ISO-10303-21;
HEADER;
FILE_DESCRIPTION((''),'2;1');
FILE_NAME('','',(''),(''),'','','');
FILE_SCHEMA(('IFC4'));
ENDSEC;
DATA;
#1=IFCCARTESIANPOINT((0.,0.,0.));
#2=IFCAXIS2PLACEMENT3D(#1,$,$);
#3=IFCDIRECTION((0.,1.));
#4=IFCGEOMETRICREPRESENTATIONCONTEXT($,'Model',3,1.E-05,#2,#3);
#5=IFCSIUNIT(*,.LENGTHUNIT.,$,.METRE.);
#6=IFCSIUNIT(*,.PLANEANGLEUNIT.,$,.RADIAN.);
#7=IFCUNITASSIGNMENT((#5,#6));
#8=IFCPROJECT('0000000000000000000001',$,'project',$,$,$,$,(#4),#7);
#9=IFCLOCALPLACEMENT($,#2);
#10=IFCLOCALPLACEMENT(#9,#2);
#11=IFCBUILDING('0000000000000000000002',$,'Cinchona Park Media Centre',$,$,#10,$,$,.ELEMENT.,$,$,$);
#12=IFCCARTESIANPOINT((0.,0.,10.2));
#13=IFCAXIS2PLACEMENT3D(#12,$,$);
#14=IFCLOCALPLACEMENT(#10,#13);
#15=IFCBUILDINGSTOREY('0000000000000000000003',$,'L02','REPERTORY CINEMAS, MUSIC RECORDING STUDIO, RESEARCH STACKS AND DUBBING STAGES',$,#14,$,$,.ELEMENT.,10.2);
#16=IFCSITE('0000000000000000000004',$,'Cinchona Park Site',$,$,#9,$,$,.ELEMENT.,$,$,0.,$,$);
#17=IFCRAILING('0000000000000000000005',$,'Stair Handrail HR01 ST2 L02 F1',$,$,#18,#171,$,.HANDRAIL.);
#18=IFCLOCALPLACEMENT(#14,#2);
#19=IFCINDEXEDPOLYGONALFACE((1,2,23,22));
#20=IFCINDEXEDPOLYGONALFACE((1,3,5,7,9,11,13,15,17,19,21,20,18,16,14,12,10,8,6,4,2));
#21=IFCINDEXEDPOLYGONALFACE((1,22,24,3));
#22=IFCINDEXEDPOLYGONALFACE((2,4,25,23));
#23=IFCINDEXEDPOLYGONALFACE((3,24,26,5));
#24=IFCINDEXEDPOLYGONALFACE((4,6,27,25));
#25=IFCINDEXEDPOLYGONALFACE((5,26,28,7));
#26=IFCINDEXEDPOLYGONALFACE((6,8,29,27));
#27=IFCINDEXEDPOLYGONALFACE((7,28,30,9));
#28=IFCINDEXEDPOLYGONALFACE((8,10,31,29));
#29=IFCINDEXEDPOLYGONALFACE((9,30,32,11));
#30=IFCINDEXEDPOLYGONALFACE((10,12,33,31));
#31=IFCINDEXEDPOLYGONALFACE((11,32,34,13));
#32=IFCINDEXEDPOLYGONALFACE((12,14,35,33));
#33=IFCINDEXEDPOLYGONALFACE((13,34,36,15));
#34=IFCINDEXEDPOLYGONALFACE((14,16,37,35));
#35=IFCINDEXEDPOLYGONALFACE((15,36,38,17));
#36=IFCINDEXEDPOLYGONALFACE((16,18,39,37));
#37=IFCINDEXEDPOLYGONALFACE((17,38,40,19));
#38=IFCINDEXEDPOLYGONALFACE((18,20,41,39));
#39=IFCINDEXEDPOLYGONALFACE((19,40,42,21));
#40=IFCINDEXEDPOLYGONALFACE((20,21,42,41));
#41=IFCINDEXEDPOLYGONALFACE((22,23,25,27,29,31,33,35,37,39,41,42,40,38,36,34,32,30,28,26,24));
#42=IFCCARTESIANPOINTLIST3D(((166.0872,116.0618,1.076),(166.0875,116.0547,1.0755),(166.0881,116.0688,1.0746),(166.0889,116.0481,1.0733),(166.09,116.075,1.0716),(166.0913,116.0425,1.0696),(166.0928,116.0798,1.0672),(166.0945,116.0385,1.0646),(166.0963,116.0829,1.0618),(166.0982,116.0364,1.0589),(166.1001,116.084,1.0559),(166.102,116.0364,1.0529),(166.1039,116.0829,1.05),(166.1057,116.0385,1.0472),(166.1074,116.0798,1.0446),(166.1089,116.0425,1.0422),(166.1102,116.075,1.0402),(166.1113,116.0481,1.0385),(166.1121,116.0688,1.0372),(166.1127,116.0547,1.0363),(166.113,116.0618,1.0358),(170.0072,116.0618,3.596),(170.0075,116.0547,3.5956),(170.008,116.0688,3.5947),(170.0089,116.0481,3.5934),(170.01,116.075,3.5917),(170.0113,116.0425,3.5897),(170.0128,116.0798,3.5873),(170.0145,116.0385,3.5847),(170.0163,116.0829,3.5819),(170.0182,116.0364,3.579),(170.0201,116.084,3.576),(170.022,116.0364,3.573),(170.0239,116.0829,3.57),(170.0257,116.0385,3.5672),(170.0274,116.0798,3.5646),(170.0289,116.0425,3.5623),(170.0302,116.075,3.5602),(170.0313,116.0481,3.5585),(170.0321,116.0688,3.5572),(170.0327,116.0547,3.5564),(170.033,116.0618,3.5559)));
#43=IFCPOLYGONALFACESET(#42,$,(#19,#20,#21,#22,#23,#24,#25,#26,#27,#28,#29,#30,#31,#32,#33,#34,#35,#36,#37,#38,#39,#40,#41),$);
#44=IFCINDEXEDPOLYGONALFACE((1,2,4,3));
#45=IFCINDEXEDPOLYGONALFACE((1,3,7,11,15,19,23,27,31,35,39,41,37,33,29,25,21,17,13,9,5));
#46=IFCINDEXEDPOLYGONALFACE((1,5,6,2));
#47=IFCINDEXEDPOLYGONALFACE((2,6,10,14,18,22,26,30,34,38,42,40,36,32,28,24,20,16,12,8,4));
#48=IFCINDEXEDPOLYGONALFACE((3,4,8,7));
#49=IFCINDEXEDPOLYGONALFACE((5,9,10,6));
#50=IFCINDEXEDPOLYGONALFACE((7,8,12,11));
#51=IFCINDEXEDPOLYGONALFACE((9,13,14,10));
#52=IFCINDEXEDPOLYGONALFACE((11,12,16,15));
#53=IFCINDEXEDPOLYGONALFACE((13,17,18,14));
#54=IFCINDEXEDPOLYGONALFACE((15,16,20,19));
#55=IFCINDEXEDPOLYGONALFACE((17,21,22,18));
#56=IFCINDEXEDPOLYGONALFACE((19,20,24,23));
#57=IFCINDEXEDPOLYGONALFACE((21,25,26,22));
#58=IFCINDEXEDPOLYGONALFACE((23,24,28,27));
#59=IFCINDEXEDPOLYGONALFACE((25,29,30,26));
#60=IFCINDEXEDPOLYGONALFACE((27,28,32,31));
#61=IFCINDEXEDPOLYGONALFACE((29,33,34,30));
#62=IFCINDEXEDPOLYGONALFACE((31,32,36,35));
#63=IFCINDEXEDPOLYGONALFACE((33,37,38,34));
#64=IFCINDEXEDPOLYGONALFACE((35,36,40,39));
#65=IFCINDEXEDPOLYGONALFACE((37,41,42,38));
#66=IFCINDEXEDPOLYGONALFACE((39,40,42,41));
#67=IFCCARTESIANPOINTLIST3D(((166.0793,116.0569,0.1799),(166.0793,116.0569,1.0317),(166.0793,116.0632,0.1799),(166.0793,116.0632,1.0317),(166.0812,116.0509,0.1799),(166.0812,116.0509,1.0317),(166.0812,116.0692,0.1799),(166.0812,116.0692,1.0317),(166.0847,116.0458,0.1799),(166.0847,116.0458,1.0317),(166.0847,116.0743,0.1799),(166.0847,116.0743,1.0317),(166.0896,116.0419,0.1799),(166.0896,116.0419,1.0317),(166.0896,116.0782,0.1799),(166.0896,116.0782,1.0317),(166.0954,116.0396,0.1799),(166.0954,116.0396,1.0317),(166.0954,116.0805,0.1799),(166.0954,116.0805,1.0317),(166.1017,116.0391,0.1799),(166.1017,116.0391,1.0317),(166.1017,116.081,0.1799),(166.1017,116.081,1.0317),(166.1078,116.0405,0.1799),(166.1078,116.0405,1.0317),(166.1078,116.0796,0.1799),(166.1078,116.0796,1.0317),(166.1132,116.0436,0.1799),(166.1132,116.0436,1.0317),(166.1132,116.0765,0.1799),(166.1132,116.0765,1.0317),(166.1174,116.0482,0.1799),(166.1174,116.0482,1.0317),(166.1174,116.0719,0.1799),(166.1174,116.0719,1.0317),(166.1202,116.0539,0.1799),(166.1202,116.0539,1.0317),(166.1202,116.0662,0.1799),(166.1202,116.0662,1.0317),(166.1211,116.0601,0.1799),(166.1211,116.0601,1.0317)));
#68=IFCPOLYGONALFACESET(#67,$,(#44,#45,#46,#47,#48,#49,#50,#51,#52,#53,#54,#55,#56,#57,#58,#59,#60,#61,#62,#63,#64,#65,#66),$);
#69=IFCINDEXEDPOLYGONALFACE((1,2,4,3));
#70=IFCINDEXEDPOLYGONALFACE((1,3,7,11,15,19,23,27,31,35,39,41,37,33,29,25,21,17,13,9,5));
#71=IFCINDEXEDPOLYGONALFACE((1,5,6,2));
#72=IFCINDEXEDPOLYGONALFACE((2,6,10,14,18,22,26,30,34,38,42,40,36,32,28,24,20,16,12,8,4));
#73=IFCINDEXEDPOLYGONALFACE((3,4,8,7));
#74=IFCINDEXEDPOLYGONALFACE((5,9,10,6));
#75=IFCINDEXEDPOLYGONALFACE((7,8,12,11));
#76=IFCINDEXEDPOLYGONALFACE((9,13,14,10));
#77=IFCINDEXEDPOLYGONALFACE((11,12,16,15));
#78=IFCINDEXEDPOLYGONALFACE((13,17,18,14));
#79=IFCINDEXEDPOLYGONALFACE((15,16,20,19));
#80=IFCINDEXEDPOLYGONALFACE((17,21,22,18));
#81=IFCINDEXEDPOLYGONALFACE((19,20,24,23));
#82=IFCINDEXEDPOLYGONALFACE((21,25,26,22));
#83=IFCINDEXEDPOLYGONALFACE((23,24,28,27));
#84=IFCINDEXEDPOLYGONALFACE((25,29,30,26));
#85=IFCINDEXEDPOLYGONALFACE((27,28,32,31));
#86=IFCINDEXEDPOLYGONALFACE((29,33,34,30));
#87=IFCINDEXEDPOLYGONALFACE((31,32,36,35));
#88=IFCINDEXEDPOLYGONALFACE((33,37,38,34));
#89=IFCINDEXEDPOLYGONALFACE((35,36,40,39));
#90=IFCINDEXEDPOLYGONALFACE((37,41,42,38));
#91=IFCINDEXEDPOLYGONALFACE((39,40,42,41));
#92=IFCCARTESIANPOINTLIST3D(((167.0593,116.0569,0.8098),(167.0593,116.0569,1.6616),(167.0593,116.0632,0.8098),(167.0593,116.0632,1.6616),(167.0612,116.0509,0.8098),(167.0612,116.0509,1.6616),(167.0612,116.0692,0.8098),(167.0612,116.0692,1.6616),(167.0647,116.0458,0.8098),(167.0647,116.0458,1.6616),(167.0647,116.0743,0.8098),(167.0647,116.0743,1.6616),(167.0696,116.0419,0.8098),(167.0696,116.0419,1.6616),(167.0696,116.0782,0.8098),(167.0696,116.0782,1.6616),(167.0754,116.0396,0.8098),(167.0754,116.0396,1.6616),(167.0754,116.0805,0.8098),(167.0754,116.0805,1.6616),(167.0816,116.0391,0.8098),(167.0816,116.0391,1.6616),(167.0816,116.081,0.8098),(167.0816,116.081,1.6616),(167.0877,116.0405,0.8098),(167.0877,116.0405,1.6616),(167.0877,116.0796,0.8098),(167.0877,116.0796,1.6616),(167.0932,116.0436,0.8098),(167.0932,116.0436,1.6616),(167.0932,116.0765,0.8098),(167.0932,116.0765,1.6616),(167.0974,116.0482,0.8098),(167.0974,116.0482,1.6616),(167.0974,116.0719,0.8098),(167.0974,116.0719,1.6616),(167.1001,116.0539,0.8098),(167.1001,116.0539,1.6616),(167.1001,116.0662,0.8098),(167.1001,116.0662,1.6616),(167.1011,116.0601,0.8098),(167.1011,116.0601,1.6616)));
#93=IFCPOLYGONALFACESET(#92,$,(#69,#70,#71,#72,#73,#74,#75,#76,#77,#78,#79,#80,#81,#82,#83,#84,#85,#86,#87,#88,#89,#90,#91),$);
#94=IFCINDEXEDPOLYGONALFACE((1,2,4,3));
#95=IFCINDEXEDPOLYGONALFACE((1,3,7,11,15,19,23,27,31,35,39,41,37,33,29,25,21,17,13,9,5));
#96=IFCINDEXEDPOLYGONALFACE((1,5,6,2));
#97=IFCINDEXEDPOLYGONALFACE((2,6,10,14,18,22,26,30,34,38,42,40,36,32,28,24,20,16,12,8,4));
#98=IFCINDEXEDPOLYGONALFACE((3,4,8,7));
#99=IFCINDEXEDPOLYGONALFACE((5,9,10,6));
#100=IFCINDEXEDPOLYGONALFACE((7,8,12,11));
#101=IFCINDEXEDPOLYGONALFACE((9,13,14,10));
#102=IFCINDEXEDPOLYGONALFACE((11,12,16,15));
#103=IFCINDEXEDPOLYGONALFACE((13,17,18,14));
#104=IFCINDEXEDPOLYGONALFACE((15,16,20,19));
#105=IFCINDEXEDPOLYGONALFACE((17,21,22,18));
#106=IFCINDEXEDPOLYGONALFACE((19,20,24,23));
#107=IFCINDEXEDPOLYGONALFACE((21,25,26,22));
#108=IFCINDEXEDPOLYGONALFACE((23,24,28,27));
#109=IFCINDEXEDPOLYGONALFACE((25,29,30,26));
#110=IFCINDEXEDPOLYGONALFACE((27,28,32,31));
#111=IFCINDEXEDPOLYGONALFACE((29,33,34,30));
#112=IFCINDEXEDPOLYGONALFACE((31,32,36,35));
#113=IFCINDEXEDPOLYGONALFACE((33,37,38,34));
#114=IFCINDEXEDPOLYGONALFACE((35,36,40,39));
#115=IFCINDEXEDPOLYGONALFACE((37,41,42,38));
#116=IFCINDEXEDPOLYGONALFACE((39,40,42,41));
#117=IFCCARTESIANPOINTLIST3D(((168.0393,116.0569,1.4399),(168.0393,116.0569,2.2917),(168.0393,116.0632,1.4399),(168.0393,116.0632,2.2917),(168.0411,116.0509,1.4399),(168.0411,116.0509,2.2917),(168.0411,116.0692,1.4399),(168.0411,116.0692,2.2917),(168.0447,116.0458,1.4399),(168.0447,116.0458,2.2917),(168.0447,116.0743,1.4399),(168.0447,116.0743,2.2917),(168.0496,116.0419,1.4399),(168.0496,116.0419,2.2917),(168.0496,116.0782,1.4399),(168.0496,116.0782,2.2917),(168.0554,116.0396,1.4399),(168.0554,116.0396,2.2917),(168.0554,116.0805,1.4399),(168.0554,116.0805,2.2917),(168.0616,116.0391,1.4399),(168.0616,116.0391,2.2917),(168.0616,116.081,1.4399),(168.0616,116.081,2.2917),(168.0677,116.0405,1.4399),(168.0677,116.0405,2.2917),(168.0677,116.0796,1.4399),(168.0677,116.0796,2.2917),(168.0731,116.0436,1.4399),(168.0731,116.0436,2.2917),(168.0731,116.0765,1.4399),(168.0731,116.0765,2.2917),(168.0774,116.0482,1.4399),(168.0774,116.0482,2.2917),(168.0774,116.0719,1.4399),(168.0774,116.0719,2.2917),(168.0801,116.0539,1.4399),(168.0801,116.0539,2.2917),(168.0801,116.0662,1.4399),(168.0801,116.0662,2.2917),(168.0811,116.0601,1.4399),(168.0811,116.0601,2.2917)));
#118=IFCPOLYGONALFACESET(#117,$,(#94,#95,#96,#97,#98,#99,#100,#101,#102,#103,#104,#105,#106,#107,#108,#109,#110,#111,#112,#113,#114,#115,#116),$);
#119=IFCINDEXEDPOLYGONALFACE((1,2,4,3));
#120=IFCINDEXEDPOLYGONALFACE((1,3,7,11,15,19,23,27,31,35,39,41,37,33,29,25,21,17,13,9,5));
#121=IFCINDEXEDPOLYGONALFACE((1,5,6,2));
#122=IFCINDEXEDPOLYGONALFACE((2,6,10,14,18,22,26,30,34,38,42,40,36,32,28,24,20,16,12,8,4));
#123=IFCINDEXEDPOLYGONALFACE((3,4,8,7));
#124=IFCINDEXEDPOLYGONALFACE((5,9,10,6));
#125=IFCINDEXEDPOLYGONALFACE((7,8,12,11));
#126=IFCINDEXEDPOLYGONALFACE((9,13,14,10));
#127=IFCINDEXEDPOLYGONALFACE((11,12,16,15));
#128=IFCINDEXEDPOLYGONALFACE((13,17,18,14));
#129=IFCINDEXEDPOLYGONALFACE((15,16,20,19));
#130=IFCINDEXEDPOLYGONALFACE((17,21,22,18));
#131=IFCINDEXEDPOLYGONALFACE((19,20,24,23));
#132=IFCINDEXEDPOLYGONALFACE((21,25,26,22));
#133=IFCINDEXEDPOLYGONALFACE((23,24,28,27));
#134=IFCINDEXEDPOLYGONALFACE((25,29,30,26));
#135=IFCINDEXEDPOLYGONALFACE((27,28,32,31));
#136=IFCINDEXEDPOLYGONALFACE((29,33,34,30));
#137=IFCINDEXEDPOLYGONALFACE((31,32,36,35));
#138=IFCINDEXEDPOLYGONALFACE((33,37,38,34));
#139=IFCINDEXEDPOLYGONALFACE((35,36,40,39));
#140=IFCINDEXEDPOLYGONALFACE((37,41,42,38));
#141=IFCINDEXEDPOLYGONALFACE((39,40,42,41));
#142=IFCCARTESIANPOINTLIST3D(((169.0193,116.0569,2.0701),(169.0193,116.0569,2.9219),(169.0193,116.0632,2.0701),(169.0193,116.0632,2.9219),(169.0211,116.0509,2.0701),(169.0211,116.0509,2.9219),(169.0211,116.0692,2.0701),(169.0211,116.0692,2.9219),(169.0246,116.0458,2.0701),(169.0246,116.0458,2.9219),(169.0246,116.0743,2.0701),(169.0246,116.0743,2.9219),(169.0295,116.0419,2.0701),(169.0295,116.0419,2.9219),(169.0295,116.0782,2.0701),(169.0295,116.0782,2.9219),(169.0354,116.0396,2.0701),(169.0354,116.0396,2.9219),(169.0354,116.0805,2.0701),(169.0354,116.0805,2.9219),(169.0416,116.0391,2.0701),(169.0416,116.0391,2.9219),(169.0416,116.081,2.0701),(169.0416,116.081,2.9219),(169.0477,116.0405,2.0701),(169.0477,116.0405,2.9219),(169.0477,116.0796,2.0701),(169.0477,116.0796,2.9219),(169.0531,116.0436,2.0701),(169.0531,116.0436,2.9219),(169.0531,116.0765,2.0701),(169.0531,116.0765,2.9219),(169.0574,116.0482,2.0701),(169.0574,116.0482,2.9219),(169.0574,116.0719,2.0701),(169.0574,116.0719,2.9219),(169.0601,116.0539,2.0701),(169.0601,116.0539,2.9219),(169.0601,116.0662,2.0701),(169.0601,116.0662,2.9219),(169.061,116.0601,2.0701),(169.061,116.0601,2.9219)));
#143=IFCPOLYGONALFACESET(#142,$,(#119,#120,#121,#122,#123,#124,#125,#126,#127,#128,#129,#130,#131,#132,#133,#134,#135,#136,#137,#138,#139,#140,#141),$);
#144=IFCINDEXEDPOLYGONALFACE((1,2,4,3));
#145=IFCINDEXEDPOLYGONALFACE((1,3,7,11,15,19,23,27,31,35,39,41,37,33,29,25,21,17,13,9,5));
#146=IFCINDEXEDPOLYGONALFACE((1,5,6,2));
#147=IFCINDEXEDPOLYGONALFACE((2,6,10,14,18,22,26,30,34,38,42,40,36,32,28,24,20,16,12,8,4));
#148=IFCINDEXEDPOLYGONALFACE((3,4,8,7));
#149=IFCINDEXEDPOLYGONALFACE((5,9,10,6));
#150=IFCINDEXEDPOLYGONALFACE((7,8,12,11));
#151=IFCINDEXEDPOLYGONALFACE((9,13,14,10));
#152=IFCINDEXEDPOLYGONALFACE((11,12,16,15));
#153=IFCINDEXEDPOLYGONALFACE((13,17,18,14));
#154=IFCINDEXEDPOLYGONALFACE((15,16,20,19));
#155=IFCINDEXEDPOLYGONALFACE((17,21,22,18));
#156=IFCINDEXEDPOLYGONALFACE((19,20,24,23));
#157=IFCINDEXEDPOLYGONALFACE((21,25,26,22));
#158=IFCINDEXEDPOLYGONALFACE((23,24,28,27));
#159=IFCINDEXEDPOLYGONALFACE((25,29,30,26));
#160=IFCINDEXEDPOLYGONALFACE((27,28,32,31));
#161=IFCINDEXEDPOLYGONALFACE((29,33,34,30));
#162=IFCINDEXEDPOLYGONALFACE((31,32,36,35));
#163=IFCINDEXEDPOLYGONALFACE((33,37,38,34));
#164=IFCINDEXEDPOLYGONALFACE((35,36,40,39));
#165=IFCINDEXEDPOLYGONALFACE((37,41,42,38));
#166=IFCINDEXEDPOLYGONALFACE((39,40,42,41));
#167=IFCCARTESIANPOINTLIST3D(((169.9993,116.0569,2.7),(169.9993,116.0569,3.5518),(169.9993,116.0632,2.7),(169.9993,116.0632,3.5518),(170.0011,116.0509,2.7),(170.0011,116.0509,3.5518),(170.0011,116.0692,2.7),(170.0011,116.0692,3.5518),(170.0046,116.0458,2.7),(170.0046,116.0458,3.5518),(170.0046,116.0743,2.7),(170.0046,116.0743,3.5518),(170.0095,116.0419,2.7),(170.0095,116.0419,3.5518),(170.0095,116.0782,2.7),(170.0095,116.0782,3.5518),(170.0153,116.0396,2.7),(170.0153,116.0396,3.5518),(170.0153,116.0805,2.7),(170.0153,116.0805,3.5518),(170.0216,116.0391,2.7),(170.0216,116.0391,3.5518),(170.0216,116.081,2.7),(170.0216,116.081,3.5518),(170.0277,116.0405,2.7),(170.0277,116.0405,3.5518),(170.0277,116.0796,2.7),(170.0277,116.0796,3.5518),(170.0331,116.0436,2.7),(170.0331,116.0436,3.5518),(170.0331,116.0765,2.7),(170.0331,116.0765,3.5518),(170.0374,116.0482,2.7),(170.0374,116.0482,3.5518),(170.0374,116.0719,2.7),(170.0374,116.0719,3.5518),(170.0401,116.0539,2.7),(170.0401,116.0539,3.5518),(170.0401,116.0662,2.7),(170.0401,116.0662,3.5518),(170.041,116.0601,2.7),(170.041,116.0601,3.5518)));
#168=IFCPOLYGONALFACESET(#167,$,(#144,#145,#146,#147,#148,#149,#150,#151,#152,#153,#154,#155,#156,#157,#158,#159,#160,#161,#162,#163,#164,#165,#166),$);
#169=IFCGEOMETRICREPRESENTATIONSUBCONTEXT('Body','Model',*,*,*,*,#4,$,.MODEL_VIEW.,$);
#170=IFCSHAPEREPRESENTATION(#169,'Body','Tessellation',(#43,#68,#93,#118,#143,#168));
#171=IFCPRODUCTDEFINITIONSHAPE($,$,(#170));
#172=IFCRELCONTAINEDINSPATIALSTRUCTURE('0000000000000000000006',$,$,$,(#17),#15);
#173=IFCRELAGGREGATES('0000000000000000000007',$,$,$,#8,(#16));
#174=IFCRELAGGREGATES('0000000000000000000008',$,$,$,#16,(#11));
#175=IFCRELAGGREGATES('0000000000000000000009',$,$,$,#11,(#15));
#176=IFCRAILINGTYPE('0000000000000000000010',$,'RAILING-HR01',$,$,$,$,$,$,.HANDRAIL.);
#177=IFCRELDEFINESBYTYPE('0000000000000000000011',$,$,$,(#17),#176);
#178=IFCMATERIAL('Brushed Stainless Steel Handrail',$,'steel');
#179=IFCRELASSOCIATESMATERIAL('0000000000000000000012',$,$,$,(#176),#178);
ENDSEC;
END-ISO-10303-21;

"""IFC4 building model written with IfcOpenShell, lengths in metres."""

from ifc_helpers import new_model, si_unit, direction, frame, origin, origin_2d, place, context, subcontext, project, spatial, circle, extrude, material, type_object, element, save


model = new_model("IFC4")

# Units and contexts
model_context = context("Model", 3, precision=1e-05, world=origin(), true_north=direction((0.0, 1.0)))
body_context = subcontext(model_context, "Body", "Model", "MODEL_VIEW")
ifc_project = project(units=[si_unit("LENGTHUNIT", "METRE"), si_unit("PLANEANGLEUNIT", "RADIAN")], contexts=[model_context])

# Site, building, storey
site_placement = place(None, origin())
site = spatial("IfcSite", under=ifc_project, at=site_placement, Name="Cinchona Park Site", CompositionType="ELEMENT", RefElevation=0.0)
building_placement = place(site_placement, origin())
building = spatial("IfcBuilding", under=site, at=building_placement, Name="Cinchona Park Media Centre", CompositionType="ELEMENT")
storey_placement = place(building_placement, frame((0.0, 0.0, 10.2)))
storey = spatial("IfcBuildingStorey", under=building, at=storey_placement, Name="L02", Description="REPERTORY CINEMAS, MUSIC RECORDING STUDIO, RESEARCH STACKS AND DUBBING STAGES", CompositionType="ELEMENT", Elevation=10.2)

# Railing
ifc_material_1 = material(Name="Brushed Stainless Steel Handrail", Category="steel")
railing_type_1 = type_object("IfcRailingType", Name="RAILING-HR01", PredefinedType="HANDRAIL", material=ifc_material_1)
railing_1_placement = place(storey_placement, frame((166.1001, 116.0601, 0.1799)))
element("IfcRailing", 1, at=railing_1_placement, inside=storey, type_object=railing_type_1, Name="Stair Handrail HR01 ST2 L02 F1", PredefinedType="HANDRAIL", context=body_context, shape_type="SweptSolid", body=[
    extrude(circle(Radius=0.0239, at=origin_2d()), frame((0.0, 0.0, 0.876), z_axis=(0.841172, 0.0, 0.540768), x_axis=(0.0, 1.0, 0.0)), (0.0, 0.0, 1.0), 4.6602),
    extrude(circle(Radius=0.021, at=origin_2d()), origin(), (0.0, 0.0, 1.0), 0.8518),
    extrude(circle(Radius=0.021, at=origin_2d()), frame((0.98, 0.0, 0.6299)), (0.0, 0.0, 1.0), 0.8518),
    extrude(circle(Radius=0.021, at=origin_2d()), frame((1.96, 0.0, 1.26)), (0.0, 0.0, 1.0), 0.8518),
    extrude(circle(Radius=0.021, at=origin_2d()), frame((2.9399, 0.0, 1.8901)), (0.0, 0.0, 1.0), 0.8518),
    extrude(circle(Radius=0.021, at=origin_2d()), frame((3.9199, 0.0, 2.52)), (0.0, 0.0, 1.0), 0.8518),
])

save(model, "model.ifc")
